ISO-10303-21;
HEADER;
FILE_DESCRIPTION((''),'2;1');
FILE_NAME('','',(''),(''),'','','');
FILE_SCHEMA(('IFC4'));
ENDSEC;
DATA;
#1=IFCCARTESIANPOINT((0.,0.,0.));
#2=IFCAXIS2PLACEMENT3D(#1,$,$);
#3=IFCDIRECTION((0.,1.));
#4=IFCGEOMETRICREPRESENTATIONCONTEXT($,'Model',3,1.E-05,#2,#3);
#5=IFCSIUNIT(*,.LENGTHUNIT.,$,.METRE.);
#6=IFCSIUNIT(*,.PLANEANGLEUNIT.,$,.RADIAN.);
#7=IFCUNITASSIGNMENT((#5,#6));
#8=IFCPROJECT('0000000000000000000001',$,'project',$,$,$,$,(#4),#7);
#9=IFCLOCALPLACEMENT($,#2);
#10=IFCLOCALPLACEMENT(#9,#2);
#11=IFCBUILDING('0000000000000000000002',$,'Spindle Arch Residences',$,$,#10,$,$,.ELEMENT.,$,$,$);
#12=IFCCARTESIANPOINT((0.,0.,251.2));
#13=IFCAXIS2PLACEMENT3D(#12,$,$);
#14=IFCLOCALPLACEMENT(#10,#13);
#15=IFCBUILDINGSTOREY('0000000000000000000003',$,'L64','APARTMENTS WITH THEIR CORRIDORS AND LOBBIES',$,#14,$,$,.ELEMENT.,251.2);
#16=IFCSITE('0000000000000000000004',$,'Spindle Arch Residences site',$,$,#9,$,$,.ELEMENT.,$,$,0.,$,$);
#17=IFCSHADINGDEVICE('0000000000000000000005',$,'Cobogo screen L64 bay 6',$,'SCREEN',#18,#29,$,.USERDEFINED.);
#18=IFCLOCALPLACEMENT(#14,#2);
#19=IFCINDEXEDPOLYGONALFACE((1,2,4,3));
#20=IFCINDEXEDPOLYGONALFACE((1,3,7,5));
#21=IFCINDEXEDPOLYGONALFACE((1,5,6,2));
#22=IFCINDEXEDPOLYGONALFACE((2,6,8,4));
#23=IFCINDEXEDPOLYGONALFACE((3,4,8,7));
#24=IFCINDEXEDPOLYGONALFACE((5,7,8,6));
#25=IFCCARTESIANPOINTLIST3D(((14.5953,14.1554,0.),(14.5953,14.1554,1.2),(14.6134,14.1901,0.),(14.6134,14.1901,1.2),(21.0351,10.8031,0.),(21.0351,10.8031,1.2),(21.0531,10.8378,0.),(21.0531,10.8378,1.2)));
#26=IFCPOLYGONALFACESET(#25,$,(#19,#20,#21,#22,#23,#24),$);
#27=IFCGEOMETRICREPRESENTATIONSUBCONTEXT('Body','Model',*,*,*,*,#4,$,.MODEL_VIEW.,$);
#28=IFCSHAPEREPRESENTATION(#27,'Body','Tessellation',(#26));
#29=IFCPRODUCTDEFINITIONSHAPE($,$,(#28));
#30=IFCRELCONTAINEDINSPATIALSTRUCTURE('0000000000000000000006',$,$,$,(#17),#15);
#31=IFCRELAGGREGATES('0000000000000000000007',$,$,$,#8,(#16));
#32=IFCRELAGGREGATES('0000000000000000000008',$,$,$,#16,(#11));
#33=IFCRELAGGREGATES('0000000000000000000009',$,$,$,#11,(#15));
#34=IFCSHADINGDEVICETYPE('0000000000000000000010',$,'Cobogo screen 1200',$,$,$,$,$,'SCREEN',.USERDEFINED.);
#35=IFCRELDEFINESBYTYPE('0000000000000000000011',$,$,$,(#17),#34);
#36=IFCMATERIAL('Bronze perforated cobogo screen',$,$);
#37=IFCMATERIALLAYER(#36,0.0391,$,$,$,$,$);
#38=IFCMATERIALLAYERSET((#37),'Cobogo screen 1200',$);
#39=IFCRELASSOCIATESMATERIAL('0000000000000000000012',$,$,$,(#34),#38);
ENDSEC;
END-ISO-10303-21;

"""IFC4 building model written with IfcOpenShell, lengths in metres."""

from ifc_helpers import new_model, si_unit, direction, frame, origin, origin_2d, place, context, subcontext, project, spatial, rectangle, extrude, material, layer, layer_set, type_object, element, save


model = new_model("IFC4")

# Units and contexts
model_context = context("Model", 3, precision=1e-05, world=origin(), true_north=direction((0.0, 1.0)))
body_context = subcontext(model_context, "Body", "Model", "MODEL_VIEW")
ifc_project = project(units=[si_unit("LENGTHUNIT", "METRE"), si_unit("PLANEANGLEUNIT", "RADIAN")], contexts=[model_context])

# Site, building, storey
site_placement = place(None, origin())
site = spatial("IfcSite", under=ifc_project, at=site_placement, Name="Spindle Arch Residences site", CompositionType="ELEMENT", RefElevation=0.0)
building_placement = place(site_placement, origin())
building = spatial("IfcBuilding", under=site, at=building_placement, Name="Spindle Arch Residences", CompositionType="ELEMENT")
storey_placement = place(building_placement, frame((0.0, 0.0, 251.2)))
storey = spatial("IfcBuildingStorey", under=building, at=storey_placement, Name="L64", Description="APARTMENTS WITH THEIR CORRIDORS AND LOBBIES", CompositionType="ELEMENT", Elevation=251.2)

# Shading device
ifc_material_1 = material(Name="Bronze perforated cobogo screen")
ifc_layer_1 = layer(ifc_material_1, 0.0391)
ifc_layer_set_1 = layer_set([ifc_layer_1], Name="Cobogo screen 1200")
shading_device_type = type_object("IfcShadingDeviceType", Name="Cobogo screen 1200", ElementType="SCREEN", PredefinedType="USERDEFINED", material=ifc_layer_set_1)
shading_device_placement = place(storey_placement, frame((17.8242, 12.4966, 0.0), z_axis=(0.0, 0.0, 1.0), x_axis=(-0.887011, 0.461749, 0.0)))
element("IfcShadingDevice", 1, at=shading_device_placement, inside=storey, type_object=shading_device_type, Name="Cobogo screen L64 bay 6", ObjectType="SCREEN", PredefinedType="USERDEFINED", context=body_context, shape_type="SweptSolid", body=[
    extrude(rectangle(XDim=7.26, YDim=0.0391, at=origin_2d()), origin(), (0.0, 0.0, 1.0), 1.2),
])

save(model, "model.ifc")
